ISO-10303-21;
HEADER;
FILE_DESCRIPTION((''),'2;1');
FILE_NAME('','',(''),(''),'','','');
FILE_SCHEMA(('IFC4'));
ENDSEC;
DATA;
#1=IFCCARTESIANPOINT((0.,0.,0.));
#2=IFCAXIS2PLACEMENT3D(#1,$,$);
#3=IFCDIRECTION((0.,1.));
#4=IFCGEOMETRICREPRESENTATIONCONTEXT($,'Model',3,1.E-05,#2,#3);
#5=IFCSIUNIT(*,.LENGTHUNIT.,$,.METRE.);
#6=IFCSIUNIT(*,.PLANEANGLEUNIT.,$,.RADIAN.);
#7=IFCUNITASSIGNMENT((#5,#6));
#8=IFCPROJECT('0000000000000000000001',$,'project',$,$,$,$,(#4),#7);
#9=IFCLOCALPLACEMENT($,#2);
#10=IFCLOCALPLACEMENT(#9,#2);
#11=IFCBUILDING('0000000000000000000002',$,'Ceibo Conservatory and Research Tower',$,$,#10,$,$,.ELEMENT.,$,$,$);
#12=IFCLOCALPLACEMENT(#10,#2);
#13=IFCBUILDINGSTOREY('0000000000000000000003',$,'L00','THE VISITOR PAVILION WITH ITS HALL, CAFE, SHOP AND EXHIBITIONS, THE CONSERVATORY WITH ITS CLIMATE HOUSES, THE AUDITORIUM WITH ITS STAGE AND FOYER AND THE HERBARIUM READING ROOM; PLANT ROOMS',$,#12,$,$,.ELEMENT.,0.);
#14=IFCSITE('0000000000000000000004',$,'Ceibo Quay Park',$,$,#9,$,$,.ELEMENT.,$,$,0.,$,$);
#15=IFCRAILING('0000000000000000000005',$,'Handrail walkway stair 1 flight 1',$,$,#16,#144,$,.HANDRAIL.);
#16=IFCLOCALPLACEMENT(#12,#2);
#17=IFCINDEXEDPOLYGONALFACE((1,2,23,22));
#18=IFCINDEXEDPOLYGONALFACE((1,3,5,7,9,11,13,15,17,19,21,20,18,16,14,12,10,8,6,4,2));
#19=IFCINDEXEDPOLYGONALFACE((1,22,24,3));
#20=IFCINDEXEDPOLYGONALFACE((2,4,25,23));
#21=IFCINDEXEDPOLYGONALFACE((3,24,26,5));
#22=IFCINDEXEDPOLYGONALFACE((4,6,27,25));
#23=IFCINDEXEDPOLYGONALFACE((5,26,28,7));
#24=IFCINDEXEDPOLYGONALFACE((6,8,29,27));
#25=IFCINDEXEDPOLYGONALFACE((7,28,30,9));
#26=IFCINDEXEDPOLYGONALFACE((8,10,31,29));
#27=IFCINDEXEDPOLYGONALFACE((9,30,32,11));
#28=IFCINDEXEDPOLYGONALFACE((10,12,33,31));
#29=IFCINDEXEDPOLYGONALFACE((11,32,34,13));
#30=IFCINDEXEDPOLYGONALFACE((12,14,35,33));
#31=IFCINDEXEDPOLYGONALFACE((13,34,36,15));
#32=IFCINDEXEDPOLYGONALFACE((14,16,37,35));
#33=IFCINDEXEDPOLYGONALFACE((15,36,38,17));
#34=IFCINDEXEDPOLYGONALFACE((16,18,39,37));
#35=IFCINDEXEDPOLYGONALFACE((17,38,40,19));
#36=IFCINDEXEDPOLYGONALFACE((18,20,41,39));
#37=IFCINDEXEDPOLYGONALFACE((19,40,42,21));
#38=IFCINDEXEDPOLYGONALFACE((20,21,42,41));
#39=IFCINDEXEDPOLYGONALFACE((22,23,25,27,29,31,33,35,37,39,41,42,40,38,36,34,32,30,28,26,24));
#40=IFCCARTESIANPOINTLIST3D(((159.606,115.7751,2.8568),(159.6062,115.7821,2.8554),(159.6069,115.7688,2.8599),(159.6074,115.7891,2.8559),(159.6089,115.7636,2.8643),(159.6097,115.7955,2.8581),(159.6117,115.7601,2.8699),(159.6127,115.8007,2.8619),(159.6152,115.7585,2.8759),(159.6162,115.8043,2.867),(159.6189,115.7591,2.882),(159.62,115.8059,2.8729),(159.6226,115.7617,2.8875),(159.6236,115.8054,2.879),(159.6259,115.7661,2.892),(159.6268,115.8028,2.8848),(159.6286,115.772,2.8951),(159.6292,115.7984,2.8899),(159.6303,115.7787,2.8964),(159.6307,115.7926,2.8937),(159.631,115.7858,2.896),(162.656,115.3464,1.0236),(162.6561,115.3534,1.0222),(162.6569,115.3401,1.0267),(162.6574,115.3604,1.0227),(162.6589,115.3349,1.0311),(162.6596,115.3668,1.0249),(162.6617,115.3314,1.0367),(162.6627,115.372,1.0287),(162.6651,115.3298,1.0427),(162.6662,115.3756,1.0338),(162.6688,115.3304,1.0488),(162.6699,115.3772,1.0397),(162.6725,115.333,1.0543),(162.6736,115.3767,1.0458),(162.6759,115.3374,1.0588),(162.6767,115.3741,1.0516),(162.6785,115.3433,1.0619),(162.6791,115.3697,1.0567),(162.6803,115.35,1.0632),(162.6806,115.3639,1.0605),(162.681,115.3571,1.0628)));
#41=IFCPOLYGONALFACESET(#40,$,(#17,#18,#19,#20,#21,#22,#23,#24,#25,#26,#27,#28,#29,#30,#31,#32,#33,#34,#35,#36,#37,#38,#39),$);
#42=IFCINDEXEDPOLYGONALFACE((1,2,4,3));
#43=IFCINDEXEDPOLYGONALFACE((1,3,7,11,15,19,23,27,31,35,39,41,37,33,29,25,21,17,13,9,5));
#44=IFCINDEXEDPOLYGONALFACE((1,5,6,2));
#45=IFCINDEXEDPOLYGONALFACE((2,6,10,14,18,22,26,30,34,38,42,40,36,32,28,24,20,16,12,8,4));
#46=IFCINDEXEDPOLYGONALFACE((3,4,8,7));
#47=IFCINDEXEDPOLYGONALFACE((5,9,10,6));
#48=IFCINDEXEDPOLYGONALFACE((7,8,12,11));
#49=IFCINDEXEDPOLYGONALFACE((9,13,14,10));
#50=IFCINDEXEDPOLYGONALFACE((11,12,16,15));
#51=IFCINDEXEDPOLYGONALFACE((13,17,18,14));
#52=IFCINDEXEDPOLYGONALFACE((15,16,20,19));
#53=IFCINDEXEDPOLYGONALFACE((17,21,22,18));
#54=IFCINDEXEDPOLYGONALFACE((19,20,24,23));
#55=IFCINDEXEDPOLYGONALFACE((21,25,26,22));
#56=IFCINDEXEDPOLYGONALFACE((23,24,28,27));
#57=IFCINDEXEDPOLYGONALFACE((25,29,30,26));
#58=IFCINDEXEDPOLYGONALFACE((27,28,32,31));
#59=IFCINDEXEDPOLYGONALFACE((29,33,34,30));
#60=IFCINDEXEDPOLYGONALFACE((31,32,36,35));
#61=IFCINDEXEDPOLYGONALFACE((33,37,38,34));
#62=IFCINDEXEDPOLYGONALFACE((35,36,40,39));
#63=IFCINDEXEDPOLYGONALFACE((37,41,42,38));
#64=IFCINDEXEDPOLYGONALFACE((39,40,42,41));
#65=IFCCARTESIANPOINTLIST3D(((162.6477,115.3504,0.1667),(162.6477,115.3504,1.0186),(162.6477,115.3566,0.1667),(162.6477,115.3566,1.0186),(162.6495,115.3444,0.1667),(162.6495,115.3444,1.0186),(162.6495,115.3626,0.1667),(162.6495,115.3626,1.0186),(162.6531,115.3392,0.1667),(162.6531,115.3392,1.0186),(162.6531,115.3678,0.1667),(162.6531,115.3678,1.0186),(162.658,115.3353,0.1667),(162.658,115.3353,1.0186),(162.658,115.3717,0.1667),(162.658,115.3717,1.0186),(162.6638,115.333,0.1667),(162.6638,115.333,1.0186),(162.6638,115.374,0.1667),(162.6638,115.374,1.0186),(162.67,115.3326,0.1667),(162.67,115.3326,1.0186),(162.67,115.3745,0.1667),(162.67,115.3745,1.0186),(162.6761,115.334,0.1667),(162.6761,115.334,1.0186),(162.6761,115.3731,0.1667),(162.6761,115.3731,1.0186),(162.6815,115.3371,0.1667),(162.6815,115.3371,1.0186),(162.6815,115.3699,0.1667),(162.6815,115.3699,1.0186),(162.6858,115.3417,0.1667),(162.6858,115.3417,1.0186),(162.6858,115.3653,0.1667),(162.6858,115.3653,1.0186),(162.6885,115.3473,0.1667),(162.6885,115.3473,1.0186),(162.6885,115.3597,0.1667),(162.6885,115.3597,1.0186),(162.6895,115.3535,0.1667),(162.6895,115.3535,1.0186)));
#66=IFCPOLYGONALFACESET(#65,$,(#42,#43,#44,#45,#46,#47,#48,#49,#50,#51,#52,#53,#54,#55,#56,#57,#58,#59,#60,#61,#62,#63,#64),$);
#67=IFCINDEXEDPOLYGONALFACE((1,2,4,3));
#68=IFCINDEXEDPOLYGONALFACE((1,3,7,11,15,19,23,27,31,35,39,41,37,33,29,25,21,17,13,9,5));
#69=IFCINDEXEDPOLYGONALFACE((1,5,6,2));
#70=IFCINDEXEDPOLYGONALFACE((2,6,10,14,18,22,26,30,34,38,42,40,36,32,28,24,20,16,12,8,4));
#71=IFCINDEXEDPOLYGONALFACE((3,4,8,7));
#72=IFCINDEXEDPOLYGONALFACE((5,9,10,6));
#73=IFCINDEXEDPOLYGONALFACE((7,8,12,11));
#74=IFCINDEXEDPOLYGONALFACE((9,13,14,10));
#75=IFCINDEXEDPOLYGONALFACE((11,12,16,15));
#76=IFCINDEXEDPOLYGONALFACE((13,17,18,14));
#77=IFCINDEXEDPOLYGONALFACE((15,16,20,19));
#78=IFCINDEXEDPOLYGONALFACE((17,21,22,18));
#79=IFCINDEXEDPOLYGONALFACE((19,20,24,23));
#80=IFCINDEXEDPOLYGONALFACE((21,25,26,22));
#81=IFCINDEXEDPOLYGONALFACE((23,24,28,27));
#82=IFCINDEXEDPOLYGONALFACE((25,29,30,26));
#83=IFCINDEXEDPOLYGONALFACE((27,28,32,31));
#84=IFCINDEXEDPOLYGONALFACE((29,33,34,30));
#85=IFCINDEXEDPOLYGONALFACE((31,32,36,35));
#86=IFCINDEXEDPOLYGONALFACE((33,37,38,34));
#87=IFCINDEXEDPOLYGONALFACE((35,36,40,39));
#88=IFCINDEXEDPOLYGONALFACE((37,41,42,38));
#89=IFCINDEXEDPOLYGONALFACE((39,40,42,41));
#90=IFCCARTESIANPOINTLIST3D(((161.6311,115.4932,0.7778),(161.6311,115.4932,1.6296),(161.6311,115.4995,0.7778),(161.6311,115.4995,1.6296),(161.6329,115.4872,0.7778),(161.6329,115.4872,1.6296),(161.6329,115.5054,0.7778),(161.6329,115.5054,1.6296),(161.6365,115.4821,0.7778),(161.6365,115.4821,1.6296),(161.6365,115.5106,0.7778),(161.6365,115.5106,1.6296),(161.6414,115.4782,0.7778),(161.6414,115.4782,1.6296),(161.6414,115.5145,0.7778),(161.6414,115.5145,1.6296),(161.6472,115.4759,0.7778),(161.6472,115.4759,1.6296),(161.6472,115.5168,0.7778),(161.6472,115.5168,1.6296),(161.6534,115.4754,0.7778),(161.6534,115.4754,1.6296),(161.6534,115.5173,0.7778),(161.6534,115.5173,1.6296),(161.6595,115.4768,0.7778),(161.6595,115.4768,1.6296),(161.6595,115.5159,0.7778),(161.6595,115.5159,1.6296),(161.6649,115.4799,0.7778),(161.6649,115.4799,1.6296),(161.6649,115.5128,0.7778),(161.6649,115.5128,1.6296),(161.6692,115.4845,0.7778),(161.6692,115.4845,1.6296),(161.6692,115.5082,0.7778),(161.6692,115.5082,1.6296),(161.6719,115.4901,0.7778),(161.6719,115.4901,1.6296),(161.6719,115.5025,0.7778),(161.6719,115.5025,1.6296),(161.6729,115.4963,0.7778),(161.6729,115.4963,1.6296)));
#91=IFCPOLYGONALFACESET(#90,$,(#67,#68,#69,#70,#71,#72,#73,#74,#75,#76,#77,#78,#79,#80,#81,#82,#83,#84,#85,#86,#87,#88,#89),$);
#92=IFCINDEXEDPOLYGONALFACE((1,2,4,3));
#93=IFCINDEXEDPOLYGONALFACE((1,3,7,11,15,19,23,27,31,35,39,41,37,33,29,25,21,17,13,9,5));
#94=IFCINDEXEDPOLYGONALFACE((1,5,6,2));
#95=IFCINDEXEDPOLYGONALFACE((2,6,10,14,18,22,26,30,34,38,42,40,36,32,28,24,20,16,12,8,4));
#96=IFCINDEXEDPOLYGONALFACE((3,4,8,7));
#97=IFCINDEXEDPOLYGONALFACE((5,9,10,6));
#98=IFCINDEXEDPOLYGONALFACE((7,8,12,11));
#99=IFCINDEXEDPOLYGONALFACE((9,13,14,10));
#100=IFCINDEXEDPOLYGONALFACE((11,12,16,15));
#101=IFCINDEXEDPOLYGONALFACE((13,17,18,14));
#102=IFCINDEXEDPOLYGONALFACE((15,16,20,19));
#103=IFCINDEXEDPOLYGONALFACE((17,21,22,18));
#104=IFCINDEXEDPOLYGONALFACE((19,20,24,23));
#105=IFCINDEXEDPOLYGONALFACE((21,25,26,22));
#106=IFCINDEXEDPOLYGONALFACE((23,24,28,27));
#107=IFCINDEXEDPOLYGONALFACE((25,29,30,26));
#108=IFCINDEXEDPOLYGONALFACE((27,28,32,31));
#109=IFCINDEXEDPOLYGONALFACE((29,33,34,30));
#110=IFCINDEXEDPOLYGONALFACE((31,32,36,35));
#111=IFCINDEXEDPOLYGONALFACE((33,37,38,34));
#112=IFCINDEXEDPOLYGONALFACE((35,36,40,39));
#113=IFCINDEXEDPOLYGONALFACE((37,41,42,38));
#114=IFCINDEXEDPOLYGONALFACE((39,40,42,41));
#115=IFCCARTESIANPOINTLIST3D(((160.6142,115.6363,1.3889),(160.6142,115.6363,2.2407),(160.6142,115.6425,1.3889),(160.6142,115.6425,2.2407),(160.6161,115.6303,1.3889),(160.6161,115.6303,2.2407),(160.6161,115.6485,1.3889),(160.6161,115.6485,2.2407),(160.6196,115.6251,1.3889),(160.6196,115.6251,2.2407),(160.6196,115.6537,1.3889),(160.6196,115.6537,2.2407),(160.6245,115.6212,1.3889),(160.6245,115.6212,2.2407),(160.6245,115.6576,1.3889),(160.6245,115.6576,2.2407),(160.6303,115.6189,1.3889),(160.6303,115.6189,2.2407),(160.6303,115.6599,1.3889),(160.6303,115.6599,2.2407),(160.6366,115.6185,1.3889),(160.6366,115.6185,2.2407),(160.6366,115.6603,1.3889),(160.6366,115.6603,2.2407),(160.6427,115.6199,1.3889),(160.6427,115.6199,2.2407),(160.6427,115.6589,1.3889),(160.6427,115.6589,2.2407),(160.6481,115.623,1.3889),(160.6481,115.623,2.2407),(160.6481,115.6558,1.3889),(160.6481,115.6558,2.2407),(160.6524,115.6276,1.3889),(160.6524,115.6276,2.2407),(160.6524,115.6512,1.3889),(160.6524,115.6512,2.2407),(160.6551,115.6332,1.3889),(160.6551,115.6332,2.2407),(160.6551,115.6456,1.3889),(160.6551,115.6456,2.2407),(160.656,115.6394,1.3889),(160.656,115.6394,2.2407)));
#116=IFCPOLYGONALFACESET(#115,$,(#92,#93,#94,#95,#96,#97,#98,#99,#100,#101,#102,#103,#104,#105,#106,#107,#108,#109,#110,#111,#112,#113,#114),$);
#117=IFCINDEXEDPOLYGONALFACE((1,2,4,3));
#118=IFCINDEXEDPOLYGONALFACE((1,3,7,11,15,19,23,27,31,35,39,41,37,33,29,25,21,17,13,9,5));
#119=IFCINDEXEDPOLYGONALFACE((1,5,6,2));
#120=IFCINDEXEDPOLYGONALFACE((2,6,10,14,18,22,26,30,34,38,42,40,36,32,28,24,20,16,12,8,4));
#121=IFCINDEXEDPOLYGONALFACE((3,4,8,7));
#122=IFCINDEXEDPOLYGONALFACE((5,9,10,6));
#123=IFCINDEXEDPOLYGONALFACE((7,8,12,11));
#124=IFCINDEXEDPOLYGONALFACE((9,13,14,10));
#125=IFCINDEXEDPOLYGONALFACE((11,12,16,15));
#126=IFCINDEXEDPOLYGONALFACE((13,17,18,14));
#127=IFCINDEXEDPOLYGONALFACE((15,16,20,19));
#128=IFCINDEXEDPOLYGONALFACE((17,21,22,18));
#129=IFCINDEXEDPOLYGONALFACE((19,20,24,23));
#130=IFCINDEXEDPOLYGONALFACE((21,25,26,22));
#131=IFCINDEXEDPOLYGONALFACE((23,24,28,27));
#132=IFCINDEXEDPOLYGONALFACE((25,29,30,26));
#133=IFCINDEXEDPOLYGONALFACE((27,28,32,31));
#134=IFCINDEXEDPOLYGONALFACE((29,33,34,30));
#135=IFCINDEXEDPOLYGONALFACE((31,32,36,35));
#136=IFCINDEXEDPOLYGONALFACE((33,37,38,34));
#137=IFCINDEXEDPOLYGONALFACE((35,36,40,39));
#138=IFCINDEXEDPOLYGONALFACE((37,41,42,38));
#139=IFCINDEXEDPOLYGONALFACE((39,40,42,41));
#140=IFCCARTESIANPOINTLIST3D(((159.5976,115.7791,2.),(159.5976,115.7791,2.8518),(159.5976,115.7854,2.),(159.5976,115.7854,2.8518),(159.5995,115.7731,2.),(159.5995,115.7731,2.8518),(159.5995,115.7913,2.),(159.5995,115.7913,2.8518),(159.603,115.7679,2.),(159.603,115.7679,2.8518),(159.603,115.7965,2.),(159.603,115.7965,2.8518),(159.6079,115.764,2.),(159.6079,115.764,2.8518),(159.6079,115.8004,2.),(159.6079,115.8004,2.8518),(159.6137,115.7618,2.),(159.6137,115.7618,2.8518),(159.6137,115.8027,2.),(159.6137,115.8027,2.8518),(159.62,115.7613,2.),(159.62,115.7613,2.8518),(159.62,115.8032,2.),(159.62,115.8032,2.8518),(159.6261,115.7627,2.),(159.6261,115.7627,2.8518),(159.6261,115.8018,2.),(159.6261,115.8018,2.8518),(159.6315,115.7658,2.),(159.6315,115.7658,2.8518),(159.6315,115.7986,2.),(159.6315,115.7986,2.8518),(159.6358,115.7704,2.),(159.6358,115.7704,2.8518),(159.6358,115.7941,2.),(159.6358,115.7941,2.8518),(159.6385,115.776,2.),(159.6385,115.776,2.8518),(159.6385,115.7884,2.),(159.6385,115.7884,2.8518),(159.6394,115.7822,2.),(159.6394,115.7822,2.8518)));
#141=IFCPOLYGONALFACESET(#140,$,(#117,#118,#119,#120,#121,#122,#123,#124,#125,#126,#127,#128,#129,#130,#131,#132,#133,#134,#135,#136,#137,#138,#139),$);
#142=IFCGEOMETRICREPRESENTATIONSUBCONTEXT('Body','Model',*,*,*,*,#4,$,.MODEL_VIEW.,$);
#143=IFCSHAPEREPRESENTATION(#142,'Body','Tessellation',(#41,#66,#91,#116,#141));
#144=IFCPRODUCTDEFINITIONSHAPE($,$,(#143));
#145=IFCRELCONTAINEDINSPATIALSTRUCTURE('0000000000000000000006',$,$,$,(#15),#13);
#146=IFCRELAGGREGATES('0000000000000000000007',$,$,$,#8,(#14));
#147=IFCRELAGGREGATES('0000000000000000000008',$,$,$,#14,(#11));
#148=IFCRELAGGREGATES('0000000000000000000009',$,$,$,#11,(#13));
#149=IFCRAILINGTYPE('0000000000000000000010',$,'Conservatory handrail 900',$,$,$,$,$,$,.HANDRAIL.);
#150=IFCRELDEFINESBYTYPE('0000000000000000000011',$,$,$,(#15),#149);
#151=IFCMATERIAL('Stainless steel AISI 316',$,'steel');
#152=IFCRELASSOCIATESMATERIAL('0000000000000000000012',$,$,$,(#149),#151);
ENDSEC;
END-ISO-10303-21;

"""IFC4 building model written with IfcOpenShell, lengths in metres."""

from ifc_helpers import new_model, si_unit, direction, frame, origin, origin_2d, place, context, subcontext, project, spatial, circle, extrude, material, type_object, element, save


model = new_model("IFC4")

# Units and contexts
model_context = context("Model", 3, precision=1e-05, world=origin(), true_north=direction((0.0, 1.0)))
body_context = subcontext(model_context, "Body", "Model", "MODEL_VIEW")
ifc_project = project(units=[si_unit("LENGTHUNIT", "METRE"), si_unit("PLANEANGLEUNIT", "RADIAN")], contexts=[model_context])

# Site, building, storey
site_placement = place(None, origin())
site = spatial("IfcSite", under=ifc_project, at=site_placement, Name="Ceibo Quay Park", CompositionType="ELEMENT", RefElevation=0.0)
building_placement = place(site_placement, origin())
building = spatial("IfcBuilding", under=site, at=building_placement, Name="Ceibo Conservatory and Research Tower", CompositionType="ELEMENT")
storey_placement = place(building_placement, origin())
storey = spatial("IfcBuildingStorey", under=building, at=storey_placement, Name="L00", Description="THE VISITOR PAVILION WITH ITS HALL, CAFE, SHOP AND EXHIBITIONS, THE CONSERVATORY WITH ITS CLIMATE HOUSES, THE AUDITORIUM WITH ITS STAGE AND FOYER AND THE HERBARIUM READING ROOM; PLANT ROOMS", CompositionType="ELEMENT", Elevation=0.0)

# Railing
ifc_material_1 = material(Name="Stainless steel AISI 316", Category="steel")
railing_type_1 = type_object("IfcRailingType", Name="Conservatory handrail 900", PredefinedType="HANDRAIL", material=ifc_material_1)
railing_1_placement = place(storey_placement, frame((162.6685, 115.3535, 0.1667)))
element("IfcRailing", 1, at=railing_1_placement, inside=storey, type_object=railing_type_1, Name="Handrail walkway stair 1 flight 1", PredefinedType="HANDRAIL", context=body_context, shape_type="SweptSolid", body=[
    extrude(circle(Radius=0.0239, at=origin_2d()), frame((0.0, 0.0, 0.876), z_axis=(-0.85094, 0.119607, 0.511463), x_axis=(-0.13919, -0.990266, 0.0)), (0.0, 0.0, 1.0), 3.5842),
    extrude(circle(Radius=0.021, at=origin_2d()), origin(), (0.0, 0.0, 1.0), 0.8518),
    extrude(circle(Radius=0.021, at=origin_2d()), frame((-1.0166, 0.1428, 0.6111)), (0.0, 0.0, 1.0), 0.8518),
    extrude(circle(Radius=0.021, at=origin_2d()), frame((-2.0334, 0.2859, 1.2222)), (0.0, 0.0, 1.0), 0.8518),
    extrude(circle(Radius=0.021, at=origin_2d()), frame((-3.05, 0.4287, 1.8333)), (0.0, 0.0, 1.0), 0.8518),
])

save(model, "model.ifc")
